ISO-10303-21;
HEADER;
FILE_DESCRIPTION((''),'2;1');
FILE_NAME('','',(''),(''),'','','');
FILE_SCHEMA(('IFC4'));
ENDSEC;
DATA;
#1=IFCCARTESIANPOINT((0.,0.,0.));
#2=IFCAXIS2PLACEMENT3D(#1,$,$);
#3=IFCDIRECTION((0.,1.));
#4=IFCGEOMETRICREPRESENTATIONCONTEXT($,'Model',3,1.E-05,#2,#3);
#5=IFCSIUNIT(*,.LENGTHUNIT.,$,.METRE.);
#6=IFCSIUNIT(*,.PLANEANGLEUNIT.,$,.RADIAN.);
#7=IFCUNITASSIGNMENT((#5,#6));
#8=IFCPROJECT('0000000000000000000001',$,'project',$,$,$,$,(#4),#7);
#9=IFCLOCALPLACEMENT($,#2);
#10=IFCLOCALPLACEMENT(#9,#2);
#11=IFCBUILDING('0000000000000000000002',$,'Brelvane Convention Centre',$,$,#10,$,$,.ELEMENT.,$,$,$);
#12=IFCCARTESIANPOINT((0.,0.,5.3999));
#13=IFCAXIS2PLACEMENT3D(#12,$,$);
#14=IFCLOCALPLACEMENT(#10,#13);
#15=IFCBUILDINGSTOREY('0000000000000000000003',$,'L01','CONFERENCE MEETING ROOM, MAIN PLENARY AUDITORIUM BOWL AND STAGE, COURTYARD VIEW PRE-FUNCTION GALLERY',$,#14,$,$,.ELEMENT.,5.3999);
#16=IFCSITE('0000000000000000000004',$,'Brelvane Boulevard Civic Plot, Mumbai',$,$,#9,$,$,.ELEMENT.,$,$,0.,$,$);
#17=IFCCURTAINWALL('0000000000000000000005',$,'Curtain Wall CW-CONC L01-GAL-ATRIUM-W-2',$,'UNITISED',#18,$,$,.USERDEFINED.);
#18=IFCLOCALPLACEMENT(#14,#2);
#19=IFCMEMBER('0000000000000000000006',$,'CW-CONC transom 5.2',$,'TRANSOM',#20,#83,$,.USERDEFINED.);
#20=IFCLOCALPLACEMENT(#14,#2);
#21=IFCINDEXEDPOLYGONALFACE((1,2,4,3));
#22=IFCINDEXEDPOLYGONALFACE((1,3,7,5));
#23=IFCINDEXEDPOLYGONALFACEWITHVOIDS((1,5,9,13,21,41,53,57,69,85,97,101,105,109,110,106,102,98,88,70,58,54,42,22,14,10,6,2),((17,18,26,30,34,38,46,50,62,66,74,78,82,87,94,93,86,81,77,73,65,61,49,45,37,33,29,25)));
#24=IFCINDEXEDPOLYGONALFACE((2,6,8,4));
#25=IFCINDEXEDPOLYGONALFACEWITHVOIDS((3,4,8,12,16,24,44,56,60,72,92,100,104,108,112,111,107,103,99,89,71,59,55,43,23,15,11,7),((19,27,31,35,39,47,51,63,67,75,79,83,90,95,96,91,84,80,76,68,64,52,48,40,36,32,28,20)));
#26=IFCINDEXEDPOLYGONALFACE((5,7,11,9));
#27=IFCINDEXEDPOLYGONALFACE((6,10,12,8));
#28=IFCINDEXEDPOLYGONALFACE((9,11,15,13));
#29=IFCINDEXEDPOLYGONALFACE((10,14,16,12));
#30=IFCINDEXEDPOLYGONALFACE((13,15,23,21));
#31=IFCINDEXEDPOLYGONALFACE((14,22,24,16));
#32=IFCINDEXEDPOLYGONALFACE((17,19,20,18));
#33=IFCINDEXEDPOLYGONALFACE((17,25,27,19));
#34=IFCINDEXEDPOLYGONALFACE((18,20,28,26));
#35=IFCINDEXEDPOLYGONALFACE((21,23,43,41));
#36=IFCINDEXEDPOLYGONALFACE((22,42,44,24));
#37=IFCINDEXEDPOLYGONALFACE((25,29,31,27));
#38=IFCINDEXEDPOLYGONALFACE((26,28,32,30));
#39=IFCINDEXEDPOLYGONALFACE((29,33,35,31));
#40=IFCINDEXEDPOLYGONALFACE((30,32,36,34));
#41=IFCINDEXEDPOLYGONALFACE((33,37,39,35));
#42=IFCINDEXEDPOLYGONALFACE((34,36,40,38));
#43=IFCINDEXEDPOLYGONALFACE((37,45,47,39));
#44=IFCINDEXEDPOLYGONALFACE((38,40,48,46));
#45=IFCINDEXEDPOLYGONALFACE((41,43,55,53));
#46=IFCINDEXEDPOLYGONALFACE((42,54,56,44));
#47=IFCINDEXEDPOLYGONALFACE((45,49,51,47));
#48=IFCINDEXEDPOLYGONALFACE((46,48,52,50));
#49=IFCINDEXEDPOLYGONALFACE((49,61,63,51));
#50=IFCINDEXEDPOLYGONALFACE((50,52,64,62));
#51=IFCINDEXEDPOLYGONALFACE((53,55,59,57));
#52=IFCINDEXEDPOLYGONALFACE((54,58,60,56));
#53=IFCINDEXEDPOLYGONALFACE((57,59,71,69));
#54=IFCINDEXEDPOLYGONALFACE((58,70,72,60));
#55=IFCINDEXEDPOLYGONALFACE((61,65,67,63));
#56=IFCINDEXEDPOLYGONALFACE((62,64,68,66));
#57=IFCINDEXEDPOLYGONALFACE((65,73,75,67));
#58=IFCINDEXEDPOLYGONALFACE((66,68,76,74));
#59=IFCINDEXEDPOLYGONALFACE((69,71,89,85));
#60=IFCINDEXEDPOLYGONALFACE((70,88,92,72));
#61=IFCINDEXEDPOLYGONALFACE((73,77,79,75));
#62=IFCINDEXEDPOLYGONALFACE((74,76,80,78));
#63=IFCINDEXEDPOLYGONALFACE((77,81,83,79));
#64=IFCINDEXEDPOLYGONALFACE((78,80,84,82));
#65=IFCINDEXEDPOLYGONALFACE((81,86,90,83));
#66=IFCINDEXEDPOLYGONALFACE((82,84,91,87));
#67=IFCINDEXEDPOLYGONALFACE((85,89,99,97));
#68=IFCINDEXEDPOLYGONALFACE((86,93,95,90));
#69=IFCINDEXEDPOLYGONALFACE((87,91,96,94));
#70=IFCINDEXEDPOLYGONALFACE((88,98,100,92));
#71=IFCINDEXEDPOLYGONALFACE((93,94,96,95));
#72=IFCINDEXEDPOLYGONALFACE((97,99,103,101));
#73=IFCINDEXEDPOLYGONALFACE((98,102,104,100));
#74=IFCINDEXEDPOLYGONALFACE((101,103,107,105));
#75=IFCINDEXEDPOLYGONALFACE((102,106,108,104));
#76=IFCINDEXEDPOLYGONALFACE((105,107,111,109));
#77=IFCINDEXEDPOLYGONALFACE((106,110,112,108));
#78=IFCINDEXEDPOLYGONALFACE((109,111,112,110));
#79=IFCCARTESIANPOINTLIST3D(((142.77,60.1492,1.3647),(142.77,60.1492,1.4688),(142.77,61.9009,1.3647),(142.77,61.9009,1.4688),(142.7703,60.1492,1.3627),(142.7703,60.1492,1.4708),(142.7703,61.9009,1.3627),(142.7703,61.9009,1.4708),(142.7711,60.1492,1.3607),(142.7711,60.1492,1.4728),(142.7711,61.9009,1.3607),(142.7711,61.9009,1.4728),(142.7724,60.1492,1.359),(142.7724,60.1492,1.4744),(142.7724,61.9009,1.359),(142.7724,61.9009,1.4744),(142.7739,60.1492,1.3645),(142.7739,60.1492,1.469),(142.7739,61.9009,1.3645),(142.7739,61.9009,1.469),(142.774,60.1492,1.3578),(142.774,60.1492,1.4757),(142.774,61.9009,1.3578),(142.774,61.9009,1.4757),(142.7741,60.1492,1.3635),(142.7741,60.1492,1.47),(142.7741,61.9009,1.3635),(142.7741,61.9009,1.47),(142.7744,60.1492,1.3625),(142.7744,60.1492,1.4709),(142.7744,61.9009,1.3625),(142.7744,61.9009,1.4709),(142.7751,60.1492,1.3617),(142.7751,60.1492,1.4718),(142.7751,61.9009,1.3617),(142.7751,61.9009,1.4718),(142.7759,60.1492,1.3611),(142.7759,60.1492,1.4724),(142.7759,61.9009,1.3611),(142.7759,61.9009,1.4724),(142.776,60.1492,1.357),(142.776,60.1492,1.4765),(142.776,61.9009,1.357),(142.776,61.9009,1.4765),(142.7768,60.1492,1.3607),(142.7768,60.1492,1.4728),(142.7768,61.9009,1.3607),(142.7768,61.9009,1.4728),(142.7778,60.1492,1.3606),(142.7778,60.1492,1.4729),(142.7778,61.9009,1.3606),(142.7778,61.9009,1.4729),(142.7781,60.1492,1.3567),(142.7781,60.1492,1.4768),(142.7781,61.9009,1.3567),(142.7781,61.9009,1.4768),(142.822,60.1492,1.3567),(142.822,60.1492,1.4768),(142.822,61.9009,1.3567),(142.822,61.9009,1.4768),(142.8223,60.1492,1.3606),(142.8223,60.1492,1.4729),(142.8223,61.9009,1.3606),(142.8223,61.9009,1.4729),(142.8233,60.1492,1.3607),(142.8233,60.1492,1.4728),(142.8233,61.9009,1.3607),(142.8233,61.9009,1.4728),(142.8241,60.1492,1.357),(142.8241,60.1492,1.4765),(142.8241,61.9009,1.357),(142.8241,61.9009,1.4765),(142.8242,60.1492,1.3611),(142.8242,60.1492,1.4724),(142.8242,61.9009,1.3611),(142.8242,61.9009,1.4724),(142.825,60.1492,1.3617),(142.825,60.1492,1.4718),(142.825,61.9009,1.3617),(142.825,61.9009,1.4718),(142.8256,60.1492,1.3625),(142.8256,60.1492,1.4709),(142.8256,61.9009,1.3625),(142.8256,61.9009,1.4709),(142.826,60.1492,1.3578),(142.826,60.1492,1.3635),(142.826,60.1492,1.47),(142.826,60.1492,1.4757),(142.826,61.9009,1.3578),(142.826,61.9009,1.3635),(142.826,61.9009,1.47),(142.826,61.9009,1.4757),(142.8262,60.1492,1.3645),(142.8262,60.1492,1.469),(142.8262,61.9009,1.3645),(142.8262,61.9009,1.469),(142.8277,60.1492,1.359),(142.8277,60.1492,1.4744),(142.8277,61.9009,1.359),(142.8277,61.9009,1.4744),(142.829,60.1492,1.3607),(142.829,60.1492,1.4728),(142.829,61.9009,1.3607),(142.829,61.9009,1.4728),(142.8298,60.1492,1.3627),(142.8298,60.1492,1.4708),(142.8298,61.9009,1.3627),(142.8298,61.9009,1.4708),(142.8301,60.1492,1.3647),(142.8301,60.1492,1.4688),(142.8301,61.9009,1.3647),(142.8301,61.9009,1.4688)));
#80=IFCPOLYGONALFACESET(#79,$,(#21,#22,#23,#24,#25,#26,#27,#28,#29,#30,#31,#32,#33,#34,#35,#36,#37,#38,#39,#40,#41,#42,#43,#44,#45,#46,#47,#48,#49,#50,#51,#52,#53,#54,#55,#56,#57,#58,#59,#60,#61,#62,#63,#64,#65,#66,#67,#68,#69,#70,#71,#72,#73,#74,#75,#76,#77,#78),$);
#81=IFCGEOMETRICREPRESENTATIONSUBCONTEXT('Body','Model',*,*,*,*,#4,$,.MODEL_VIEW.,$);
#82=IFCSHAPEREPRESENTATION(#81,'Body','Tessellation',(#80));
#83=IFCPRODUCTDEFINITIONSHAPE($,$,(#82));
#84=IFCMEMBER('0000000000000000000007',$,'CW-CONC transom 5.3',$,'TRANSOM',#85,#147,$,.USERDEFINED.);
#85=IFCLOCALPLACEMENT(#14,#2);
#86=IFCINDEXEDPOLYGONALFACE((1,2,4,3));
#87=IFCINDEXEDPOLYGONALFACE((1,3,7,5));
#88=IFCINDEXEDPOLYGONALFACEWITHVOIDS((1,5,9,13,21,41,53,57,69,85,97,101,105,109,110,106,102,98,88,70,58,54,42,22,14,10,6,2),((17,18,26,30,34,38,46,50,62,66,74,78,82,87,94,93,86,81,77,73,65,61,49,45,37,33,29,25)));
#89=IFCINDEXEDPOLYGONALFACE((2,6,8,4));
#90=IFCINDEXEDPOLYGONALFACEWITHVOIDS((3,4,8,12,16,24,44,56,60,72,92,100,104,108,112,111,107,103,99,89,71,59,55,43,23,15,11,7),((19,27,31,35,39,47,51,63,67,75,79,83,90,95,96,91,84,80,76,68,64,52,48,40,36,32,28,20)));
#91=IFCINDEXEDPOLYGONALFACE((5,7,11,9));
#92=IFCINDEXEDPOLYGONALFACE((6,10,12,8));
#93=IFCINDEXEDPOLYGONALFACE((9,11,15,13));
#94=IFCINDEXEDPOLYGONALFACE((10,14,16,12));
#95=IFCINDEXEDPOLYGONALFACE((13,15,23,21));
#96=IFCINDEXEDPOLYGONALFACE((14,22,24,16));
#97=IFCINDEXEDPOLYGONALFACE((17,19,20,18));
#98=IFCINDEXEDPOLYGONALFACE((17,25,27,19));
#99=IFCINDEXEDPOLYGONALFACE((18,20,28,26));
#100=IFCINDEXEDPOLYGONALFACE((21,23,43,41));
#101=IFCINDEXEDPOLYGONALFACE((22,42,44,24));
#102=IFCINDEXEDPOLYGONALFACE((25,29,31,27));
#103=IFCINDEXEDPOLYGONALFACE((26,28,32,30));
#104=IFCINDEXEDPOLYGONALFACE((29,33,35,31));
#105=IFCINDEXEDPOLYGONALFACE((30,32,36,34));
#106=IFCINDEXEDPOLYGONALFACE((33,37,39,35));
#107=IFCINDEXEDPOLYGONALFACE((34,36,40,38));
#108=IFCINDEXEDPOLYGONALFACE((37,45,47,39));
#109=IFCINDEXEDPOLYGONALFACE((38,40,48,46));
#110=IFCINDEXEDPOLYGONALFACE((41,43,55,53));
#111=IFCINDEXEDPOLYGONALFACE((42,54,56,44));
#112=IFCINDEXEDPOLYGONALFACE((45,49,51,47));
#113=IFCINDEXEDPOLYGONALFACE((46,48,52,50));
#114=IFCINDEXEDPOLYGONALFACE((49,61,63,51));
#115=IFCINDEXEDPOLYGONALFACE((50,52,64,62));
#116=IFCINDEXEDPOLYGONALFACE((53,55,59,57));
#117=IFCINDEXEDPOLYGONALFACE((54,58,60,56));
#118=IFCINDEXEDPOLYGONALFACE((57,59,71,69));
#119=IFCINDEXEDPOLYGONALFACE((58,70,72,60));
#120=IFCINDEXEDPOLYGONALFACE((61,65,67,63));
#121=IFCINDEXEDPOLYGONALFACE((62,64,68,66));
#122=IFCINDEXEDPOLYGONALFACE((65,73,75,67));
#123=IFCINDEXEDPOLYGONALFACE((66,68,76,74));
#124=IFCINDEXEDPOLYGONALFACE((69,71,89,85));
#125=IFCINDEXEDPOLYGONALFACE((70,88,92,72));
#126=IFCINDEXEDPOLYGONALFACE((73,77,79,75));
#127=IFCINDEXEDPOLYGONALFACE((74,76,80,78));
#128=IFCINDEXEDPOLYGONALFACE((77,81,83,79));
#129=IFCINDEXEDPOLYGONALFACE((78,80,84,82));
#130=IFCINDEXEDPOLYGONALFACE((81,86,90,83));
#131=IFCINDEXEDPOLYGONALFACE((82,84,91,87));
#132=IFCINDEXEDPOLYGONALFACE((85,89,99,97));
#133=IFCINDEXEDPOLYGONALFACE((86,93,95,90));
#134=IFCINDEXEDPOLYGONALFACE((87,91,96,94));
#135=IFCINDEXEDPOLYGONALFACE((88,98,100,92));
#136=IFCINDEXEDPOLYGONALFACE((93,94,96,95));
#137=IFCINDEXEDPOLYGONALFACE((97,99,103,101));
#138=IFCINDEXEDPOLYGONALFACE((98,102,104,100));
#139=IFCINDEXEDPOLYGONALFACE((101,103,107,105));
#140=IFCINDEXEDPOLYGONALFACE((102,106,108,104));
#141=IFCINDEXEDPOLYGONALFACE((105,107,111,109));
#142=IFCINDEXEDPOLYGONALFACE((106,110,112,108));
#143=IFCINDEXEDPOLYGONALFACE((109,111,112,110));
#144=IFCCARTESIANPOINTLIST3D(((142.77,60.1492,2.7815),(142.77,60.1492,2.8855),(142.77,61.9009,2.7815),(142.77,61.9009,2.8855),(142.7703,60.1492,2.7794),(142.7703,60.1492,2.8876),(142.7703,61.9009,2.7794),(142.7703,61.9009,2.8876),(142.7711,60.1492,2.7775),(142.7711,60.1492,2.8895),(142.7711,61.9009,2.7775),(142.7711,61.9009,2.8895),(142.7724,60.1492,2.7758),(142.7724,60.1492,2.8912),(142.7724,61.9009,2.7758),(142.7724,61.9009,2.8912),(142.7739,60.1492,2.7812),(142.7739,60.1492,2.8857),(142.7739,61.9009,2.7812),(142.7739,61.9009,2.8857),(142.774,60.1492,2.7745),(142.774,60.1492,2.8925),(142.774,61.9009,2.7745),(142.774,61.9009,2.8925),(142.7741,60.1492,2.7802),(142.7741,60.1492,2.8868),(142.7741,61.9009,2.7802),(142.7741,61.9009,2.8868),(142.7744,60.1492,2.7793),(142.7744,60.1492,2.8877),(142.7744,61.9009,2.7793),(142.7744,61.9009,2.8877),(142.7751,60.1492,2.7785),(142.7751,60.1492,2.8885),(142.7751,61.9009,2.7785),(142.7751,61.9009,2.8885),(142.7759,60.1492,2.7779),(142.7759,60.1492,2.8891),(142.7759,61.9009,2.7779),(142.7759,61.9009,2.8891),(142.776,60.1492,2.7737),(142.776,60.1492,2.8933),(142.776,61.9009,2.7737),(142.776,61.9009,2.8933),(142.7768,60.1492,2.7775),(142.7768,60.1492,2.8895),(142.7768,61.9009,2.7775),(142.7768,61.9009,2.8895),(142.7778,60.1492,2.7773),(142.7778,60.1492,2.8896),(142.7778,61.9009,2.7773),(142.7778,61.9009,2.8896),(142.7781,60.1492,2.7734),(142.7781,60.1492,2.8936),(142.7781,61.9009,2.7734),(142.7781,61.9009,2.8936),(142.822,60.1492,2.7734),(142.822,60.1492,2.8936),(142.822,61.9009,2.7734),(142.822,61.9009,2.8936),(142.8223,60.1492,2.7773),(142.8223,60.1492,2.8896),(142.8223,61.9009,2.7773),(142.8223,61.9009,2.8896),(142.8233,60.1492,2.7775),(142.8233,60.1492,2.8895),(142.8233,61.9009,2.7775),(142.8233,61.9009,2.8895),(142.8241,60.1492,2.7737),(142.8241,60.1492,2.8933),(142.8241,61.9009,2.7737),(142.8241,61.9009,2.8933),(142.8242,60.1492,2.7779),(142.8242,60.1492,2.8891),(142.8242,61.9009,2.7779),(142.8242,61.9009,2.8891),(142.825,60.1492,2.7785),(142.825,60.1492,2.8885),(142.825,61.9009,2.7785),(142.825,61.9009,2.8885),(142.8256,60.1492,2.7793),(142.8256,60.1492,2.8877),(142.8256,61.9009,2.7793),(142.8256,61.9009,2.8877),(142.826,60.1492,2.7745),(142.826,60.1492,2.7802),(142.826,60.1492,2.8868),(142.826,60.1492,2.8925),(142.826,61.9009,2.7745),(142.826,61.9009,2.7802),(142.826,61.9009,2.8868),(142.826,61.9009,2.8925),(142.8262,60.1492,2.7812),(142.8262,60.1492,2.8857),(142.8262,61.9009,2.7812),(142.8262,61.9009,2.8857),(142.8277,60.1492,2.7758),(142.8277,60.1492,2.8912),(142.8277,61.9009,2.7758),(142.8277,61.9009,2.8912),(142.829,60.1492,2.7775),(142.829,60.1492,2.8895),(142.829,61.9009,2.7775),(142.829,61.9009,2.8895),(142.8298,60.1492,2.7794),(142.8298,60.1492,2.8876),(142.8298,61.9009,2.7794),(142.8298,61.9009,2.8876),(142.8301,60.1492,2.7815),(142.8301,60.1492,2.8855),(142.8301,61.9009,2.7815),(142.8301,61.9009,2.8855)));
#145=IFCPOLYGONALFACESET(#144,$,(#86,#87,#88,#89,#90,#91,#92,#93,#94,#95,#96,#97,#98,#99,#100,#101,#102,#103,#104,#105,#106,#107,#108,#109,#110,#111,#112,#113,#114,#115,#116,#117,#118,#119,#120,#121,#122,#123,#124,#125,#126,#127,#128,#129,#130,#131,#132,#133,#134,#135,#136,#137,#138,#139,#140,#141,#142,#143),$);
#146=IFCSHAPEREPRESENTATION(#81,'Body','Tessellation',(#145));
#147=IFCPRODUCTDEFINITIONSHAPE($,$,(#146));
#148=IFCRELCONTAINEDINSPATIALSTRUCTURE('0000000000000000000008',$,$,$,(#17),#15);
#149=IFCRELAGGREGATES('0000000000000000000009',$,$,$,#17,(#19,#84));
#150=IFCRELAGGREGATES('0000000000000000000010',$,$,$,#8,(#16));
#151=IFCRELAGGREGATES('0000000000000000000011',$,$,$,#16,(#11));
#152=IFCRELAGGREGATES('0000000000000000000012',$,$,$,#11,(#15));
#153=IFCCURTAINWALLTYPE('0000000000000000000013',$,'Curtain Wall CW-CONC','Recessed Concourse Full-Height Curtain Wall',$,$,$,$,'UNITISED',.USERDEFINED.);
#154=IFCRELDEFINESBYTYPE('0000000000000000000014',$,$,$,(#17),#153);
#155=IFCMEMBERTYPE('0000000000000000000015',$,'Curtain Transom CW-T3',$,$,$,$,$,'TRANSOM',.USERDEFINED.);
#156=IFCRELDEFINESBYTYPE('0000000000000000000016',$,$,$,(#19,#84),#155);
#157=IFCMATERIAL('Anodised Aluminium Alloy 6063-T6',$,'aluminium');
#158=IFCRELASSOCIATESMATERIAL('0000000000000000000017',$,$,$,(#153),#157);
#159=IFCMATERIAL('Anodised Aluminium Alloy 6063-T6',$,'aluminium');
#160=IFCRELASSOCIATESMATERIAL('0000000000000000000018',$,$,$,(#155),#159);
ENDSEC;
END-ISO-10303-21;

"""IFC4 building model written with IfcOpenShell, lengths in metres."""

from ifc_helpers import new_model, si_unit, direction, frame, origin, origin_2d, place, context, subcontext, project, spatial, hollow_rectangle, extrude, material, material_profile, profile_set, type_object, element, aggregate, save


model = new_model("IFC4")

# Units and contexts
model_context = context("Model", 3, precision=1e-05, world=origin(), true_north=direction((0.0, 1.0)))
body_context = subcontext(model_context, "Body", "Model", "MODEL_VIEW")
ifc_project = project(units=[si_unit("LENGTHUNIT", "METRE"), si_unit("PLANEANGLEUNIT", "RADIAN")], contexts=[model_context])

# Site, building, storey
site_placement = place(None, origin())
site = spatial("IfcSite", under=ifc_project, at=site_placement, Name="Brelvane Boulevard Civic Plot, Mumbai", CompositionType="ELEMENT", RefElevation=0.0)
building_placement = place(site_placement, origin())
building = spatial("IfcBuilding", under=site, at=building_placement, Name="Brelvane Convention Centre", CompositionType="ELEMENT")
storey_placement = place(building_placement, frame((0.0, 0.0, 5.3999)))
storey = spatial("IfcBuildingStorey", under=building, at=storey_placement, Name="L01", Description="CONFERENCE MEETING ROOM, MAIN PLENARY AUDITORIUM BOWL AND STAGE, COURTYARD VIEW PRE-FUNCTION GALLERY", CompositionType="ELEMENT", Elevation=5.3999)

# Curtain wall
ifc_material_1 = material(Name="Anodised Aluminium Alloy 6063-T6", Category="aluminium")
curtain_wall_type = type_object("IfcCurtainWallType", Name="Curtain Wall CW-CONC", Description="Recessed Concourse Full-Height Curtain Wall", ElementType="UNITISED", PredefinedType="USERDEFINED", material=ifc_material_1)
curtain_wall_1_placement = place(storey_placement, origin())
curtain_wall_1 = element("IfcCurtainWall", 1, at=curtain_wall_1_placement, inside=storey, type_object=curtain_wall_type, Name="Curtain Wall CW-CONC L01-GAL-ATRIUM-W-2", ObjectType="UNITISED", PredefinedType="USERDEFINED")

# Members
ifc_material_2 = material(Name="Anodised Aluminium Alloy 6063-T6", Category="aluminium")
ifc_material_profile_1 = material_profile(ifc_material_2, hollow_rectangle(XDim=0.0601, YDim=0.1201, WallThickness=0.0039, InnerFilletRadius=0.0039, OuterFilletRadius=0.0081, at=origin_2d()), Name="ALU-T 120x60x4.0")
ifc_profile_set_1 = profile_set([ifc_material_profile_1], Name="Anodised Aluminium Alloy 6063-T6")
member_type_1 = type_object("IfcMemberType", Name="Curtain Transom CW-T3", ElementType="TRANSOM", PredefinedType="USERDEFINED", material=ifc_profile_set_1)
member_1_placement = place(storey_placement, frame((142.8, 60.1492, 1.4167), z_axis=(0.0, 1.0, 0.0), x_axis=(-1.0, 0.0, 0.0)))
member_1 = element("IfcMember", 2, at=member_1_placement, type_object=member_type_1, Name="CW-CONC transom 5.2", ObjectType="TRANSOM", PredefinedType="USERDEFINED", context=body_context, shape_type="SweptSolid", body=[
    extrude(hollow_rectangle(XDim=0.0601, YDim=0.1201, WallThickness=0.0039, InnerFilletRadius=0.0039, OuterFilletRadius=0.0081, at=origin_2d()), origin(), (0.0, 0.0, 1.0), 1.7517),
])
member_2_placement = place(storey_placement, frame((142.8, 60.1492, 2.8335), z_axis=(0.0, 1.0, 0.0), x_axis=(-1.0, 0.0, 0.0)))
member_2 = element("IfcMember", 3, at=member_2_placement, type_object=member_type_1, Name="CW-CONC transom 5.3", ObjectType="TRANSOM", PredefinedType="USERDEFINED", context=body_context, shape_type="SweptSolid", body=[
    extrude(hollow_rectangle(XDim=0.0601, YDim=0.1201, WallThickness=0.0039, InnerFilletRadius=0.0039, OuterFilletRadius=0.0081, at=origin_2d()), origin(), (0.0, 0.0, 1.0), 1.7517),
])

aggregate(curtain_wall_1, [member_1, member_2])

save(model, "model.ifc")
